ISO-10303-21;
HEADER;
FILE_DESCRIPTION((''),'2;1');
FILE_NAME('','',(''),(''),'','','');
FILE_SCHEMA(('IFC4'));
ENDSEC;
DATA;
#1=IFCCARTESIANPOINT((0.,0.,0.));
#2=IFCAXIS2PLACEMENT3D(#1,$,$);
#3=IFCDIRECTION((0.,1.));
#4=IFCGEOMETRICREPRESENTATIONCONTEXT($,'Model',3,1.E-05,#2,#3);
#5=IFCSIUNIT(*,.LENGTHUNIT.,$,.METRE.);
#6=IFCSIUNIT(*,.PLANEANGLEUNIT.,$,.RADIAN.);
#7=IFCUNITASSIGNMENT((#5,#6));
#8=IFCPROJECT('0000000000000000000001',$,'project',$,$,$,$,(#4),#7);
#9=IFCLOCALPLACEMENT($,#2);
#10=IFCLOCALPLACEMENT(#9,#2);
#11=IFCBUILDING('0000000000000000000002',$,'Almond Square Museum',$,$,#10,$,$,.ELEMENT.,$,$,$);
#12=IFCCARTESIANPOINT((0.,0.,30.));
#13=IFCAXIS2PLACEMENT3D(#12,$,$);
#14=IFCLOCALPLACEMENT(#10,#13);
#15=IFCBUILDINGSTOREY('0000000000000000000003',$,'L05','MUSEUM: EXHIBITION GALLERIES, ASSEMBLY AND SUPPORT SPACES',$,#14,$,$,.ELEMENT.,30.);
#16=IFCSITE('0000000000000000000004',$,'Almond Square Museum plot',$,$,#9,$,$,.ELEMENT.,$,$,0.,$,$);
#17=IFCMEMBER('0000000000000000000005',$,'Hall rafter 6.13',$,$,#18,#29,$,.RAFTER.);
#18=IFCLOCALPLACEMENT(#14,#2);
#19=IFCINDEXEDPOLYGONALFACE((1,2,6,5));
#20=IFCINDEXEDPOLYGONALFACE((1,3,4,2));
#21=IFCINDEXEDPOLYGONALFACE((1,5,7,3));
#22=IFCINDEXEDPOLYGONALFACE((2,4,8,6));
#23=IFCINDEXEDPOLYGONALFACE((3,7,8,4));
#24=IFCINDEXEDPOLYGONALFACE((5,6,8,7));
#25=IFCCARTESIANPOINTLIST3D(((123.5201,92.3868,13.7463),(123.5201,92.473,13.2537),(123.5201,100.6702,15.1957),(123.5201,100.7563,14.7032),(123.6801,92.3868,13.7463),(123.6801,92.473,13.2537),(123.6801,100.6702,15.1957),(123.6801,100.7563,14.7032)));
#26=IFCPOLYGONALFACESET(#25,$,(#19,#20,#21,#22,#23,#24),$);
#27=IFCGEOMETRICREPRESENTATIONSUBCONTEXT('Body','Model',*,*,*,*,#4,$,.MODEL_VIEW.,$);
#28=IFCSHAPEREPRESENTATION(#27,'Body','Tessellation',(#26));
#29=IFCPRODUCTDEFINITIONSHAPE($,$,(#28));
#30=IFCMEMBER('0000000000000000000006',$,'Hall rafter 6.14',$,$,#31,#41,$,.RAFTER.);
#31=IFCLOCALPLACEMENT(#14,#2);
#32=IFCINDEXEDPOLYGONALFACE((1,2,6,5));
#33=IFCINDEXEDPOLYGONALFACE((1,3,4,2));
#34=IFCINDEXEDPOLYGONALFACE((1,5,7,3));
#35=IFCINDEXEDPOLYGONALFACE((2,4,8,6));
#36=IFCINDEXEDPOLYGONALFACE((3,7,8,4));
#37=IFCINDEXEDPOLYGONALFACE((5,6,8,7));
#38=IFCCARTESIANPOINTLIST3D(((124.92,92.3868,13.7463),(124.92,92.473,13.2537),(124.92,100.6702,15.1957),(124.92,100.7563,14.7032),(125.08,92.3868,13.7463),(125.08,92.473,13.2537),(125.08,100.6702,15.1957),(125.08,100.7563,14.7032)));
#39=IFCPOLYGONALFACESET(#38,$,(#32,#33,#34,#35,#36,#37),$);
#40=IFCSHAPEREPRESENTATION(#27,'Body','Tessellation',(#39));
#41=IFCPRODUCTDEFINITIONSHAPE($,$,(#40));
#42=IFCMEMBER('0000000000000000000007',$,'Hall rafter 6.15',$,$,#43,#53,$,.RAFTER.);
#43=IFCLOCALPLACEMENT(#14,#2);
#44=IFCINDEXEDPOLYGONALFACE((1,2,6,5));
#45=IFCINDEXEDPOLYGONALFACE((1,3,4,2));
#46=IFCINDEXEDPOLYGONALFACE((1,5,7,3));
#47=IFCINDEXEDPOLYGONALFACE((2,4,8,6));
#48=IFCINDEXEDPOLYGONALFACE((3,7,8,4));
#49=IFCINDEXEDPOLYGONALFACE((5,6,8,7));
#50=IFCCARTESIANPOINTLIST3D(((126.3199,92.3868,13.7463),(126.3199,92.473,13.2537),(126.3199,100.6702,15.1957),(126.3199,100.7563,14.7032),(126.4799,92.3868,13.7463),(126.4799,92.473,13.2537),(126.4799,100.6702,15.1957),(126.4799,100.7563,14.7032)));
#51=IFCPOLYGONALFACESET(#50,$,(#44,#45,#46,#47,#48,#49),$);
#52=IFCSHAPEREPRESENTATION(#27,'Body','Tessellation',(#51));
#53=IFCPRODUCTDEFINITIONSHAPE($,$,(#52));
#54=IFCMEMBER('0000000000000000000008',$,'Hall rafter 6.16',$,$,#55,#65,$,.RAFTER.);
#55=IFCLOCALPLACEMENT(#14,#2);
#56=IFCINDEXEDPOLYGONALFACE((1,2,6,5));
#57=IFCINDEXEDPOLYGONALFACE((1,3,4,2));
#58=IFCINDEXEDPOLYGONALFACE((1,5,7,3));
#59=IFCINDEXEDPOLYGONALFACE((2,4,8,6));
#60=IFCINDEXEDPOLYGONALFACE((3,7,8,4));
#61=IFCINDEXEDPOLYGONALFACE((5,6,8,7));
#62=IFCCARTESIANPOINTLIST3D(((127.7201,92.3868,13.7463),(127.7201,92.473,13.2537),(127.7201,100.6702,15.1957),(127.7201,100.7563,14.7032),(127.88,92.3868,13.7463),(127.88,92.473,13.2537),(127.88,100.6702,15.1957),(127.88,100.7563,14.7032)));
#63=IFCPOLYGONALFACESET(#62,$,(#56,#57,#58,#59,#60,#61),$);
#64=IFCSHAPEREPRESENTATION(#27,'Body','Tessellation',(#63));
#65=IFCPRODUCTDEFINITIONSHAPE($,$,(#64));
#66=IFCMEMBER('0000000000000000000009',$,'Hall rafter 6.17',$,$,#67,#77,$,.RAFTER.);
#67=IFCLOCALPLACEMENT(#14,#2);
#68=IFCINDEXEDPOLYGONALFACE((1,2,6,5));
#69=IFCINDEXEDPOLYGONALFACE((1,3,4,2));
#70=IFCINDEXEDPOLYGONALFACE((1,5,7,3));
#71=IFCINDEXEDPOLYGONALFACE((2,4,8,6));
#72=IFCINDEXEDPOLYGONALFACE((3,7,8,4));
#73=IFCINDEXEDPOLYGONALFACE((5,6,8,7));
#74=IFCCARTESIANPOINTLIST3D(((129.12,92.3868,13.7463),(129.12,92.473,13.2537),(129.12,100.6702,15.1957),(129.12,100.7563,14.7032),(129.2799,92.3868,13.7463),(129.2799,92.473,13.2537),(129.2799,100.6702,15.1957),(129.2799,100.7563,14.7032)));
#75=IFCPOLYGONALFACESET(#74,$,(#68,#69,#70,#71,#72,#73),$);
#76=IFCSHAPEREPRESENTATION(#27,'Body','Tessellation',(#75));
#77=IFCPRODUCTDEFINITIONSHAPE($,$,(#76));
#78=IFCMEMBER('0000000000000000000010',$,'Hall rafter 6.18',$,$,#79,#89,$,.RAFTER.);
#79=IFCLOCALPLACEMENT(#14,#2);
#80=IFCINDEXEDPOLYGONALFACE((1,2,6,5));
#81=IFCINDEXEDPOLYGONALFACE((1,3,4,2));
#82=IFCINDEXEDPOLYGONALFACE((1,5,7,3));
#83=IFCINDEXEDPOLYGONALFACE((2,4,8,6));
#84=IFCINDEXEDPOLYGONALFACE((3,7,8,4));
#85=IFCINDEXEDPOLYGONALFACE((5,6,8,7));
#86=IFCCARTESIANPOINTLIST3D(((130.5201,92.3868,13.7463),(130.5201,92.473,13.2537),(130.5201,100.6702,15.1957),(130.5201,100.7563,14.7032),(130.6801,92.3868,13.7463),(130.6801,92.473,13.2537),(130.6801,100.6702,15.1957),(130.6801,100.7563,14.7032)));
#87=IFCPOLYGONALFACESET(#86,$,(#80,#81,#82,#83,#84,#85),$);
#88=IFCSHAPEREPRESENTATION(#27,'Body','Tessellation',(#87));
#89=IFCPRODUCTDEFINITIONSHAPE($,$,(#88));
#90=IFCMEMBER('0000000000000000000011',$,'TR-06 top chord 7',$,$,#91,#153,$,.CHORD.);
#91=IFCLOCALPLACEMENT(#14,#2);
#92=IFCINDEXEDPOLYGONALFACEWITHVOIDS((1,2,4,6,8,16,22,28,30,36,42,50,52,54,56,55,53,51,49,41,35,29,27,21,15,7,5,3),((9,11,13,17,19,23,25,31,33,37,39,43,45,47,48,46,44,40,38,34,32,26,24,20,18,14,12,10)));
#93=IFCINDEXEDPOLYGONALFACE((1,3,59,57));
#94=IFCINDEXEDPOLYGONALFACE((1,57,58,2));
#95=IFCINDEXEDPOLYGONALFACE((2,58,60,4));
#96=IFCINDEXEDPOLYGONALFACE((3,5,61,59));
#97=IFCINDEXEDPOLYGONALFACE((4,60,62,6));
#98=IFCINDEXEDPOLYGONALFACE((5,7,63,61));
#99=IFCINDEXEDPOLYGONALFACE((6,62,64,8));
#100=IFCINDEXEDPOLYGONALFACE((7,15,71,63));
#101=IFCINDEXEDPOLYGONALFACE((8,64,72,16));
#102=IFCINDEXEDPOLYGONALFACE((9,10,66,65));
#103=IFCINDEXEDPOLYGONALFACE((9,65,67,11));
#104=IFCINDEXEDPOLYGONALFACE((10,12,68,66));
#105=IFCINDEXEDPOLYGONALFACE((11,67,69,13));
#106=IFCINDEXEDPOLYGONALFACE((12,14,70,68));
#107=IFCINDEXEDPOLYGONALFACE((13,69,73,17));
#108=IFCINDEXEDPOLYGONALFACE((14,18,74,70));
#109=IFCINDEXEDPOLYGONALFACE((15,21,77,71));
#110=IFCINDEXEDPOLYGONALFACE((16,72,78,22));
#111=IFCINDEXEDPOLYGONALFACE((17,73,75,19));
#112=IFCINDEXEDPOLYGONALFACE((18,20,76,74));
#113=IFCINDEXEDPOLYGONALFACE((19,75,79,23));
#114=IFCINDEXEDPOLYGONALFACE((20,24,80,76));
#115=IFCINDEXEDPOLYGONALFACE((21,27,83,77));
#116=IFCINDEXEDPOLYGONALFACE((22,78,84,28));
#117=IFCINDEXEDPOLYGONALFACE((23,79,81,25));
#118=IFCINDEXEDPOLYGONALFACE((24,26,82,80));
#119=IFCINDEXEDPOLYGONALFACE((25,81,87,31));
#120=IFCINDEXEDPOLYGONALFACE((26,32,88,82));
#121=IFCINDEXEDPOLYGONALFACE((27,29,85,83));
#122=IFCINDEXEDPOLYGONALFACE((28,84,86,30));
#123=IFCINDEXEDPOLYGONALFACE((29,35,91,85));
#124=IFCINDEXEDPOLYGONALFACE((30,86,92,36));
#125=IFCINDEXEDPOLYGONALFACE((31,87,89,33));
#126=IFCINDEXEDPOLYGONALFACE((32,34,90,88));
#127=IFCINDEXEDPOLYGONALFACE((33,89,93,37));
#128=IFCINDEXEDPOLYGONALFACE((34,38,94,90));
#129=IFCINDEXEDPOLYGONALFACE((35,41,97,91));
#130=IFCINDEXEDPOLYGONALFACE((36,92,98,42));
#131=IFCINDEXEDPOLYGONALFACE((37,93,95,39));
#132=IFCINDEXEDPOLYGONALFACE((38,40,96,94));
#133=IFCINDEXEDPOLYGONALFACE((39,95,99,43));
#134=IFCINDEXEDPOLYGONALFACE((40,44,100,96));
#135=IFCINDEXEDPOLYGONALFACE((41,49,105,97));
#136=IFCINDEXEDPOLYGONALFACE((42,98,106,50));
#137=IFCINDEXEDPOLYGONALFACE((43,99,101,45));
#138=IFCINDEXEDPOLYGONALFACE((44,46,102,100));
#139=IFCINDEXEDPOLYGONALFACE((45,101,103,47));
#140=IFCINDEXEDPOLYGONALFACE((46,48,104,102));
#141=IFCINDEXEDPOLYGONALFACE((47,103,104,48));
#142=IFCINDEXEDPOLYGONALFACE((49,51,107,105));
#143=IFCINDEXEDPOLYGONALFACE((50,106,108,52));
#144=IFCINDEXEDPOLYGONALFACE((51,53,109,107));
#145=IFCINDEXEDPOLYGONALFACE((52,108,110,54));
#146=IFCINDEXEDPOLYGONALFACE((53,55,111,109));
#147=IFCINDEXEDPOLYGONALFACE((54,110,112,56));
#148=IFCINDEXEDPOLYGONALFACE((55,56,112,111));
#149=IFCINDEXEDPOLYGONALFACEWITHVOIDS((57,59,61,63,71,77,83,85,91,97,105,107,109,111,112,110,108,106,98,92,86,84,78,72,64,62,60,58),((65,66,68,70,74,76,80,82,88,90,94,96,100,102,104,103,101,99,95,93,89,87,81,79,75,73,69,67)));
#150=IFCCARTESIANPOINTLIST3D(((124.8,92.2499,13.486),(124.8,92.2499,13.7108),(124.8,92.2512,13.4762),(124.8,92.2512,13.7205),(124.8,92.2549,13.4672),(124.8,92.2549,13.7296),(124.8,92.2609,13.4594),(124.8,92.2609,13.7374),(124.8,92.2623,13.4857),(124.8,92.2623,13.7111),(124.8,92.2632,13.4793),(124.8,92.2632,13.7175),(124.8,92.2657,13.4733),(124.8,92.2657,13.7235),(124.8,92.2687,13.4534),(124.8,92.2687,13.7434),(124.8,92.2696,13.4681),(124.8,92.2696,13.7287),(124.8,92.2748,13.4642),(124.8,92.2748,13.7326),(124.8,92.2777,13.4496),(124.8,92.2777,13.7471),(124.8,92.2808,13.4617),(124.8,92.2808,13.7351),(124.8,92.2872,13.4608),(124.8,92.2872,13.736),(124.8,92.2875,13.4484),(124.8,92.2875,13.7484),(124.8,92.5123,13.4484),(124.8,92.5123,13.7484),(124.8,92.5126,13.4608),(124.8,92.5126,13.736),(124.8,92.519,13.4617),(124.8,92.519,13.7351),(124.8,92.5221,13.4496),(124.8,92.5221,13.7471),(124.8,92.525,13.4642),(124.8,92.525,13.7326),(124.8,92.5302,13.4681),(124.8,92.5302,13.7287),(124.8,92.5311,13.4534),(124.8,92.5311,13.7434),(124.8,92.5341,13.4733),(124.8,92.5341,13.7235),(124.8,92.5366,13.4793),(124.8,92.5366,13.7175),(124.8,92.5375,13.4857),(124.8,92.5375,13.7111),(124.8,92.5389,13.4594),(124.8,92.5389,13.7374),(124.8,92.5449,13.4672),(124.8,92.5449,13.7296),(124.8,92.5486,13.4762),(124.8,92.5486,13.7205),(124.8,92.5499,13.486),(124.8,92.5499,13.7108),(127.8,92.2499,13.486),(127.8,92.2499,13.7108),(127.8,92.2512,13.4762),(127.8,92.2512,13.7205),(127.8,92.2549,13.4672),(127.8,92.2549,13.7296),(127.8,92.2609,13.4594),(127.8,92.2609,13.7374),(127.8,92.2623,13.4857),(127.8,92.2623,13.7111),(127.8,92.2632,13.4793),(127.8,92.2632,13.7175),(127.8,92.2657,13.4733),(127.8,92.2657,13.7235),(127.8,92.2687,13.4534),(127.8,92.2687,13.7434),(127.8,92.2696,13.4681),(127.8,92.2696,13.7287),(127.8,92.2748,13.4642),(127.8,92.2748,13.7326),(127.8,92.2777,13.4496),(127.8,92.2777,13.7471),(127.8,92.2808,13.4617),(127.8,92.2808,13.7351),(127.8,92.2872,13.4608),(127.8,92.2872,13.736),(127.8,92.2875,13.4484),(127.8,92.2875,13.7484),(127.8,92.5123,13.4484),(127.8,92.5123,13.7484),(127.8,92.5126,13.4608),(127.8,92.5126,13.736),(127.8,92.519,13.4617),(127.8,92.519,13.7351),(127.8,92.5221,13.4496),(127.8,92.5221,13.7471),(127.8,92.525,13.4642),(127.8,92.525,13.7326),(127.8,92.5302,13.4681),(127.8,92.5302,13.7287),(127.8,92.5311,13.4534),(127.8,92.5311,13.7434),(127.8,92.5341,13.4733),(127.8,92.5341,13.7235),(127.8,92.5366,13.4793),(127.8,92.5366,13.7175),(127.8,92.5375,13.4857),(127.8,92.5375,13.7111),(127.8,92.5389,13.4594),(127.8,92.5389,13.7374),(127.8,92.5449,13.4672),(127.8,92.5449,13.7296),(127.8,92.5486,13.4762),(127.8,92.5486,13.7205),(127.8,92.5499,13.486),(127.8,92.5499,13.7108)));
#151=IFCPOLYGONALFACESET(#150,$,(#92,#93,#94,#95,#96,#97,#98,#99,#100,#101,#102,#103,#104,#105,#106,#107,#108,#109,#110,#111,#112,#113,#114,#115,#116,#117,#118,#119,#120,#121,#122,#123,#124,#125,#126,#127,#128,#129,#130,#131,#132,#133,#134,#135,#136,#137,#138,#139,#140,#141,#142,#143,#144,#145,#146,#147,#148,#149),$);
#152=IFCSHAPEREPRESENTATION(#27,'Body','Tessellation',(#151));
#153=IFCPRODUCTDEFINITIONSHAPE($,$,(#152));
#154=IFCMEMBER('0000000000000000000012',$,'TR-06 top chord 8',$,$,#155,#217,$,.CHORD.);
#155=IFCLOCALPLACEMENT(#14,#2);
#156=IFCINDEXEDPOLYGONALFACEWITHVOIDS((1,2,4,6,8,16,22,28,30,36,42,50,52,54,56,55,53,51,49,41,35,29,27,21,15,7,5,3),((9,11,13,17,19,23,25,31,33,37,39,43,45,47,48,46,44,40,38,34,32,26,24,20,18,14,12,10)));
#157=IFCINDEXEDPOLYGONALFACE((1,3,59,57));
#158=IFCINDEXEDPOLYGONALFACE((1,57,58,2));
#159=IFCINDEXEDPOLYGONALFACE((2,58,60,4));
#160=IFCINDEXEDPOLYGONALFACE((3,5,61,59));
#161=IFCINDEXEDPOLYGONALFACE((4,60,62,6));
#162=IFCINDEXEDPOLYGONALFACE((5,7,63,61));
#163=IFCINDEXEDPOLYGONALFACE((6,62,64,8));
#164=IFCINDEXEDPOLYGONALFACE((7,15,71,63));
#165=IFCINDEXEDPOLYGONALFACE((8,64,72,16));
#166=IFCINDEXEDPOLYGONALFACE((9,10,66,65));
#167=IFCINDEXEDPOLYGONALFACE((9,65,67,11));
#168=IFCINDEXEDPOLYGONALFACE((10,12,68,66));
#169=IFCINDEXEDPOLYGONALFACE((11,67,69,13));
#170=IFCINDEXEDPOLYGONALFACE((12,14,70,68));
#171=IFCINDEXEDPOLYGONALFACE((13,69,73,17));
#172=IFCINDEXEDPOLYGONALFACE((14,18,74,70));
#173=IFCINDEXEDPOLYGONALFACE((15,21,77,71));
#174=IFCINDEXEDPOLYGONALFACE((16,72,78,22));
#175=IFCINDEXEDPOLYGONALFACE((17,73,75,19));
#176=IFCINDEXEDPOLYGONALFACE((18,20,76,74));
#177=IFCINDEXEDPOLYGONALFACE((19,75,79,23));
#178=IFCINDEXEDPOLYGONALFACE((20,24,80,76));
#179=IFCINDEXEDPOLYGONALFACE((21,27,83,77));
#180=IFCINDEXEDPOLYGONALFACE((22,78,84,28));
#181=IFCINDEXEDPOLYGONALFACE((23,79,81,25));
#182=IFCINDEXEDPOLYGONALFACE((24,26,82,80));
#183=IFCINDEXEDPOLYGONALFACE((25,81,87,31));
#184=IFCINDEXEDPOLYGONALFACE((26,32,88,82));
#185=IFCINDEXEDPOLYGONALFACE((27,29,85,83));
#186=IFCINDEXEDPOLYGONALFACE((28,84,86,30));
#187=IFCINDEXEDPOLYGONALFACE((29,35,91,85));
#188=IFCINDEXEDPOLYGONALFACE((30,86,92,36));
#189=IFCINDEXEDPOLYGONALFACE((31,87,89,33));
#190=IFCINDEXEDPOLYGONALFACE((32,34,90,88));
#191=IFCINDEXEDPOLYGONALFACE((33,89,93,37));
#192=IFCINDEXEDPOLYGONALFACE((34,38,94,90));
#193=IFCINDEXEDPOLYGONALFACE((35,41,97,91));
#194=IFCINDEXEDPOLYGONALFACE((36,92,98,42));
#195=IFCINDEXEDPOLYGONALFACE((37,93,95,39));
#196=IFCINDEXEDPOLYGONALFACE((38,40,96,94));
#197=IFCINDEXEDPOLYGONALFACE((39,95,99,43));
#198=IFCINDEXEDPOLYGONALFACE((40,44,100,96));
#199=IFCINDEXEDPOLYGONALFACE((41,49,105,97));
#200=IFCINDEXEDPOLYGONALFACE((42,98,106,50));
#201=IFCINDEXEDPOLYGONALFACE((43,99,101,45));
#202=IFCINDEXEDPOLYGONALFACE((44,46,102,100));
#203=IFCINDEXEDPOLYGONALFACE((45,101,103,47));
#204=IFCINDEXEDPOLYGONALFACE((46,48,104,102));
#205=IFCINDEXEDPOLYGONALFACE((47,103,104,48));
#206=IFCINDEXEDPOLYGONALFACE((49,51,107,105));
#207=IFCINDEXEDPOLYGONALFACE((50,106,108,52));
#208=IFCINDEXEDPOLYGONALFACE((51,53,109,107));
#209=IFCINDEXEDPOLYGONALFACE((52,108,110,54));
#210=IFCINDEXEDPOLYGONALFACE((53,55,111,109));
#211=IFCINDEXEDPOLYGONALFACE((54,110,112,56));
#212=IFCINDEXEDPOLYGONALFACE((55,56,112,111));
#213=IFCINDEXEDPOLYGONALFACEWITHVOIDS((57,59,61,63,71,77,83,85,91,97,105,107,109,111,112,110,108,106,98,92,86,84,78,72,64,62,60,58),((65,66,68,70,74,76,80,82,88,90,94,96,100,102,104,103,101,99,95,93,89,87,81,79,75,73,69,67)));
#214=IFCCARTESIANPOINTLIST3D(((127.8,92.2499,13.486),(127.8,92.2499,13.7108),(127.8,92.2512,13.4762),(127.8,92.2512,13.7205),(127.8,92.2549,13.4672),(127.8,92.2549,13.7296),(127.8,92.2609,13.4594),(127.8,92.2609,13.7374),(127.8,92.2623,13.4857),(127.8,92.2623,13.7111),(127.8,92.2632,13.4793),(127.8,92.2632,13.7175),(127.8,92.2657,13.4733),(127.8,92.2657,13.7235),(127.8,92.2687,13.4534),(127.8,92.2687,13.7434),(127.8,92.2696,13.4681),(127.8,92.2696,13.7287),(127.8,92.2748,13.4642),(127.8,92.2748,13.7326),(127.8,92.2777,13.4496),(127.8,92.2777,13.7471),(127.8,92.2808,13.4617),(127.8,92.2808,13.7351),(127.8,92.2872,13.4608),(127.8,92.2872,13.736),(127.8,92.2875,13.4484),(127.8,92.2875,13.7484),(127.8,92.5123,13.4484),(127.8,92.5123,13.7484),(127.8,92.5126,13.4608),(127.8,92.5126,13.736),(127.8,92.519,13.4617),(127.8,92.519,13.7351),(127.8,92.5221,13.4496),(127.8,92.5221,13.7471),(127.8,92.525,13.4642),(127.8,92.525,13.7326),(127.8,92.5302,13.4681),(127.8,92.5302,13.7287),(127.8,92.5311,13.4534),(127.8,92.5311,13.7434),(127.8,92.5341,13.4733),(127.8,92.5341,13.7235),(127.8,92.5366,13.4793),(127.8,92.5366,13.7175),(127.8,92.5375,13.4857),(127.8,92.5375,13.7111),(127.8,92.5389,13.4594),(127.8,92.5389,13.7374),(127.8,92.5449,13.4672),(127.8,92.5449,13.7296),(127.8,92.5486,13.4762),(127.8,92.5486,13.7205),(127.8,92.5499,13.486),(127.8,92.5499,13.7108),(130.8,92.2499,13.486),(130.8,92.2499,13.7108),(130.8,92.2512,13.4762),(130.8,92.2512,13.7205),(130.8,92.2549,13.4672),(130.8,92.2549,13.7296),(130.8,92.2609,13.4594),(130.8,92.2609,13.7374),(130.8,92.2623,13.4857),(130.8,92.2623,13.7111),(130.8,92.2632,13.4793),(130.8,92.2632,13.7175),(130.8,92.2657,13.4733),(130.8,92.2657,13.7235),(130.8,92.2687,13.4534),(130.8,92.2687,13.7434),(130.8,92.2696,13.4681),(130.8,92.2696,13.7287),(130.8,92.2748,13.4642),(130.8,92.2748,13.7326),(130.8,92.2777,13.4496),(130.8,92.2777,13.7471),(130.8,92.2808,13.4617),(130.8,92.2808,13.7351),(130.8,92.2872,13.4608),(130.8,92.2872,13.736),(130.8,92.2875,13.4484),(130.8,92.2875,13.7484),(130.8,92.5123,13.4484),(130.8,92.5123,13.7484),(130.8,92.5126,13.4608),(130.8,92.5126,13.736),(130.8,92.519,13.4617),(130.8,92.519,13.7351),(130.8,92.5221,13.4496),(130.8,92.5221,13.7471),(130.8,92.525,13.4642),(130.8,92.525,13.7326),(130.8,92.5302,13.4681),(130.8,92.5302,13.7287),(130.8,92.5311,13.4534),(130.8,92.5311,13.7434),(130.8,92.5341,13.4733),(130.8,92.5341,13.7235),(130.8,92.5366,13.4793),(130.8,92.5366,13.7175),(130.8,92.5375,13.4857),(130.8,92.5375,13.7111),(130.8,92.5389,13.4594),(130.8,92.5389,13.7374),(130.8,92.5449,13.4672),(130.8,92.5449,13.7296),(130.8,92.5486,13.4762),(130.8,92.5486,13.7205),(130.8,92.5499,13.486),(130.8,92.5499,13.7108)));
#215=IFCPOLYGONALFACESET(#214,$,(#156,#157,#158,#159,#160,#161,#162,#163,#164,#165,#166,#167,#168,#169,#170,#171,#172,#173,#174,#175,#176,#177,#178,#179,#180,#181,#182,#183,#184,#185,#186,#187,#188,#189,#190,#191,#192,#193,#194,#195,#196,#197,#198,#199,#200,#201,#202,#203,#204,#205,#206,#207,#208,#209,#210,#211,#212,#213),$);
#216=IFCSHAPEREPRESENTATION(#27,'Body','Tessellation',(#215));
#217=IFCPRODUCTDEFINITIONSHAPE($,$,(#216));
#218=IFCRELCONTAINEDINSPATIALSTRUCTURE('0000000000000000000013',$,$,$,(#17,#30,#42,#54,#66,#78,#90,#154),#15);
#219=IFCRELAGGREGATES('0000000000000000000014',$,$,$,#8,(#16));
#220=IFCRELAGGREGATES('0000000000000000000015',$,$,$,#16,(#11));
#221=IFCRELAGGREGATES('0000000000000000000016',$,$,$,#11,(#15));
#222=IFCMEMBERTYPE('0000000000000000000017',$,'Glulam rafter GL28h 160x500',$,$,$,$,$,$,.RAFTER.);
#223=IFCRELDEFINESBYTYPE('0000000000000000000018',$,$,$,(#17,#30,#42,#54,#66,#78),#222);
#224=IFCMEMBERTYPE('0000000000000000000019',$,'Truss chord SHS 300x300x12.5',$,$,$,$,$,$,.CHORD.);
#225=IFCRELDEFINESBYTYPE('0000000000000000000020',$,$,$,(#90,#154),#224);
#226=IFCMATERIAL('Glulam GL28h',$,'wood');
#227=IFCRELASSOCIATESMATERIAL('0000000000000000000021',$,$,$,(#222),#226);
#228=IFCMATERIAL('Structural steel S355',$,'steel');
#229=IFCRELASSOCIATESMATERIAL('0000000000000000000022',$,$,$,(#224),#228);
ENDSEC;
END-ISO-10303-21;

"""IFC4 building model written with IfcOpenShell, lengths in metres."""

from ifc_helpers import new_model, si_unit, direction, frame, origin, origin_2d, place, context, subcontext, project, spatial, rectangle, hollow_rectangle, extrude, material, material_profile, profile_set, type_object, element, save


model = new_model("IFC4")

# Units and contexts
model_context = context("Model", 3, precision=1e-05, world=origin(), true_north=direction((0.0, 1.0)))
body_context = subcontext(model_context, "Body", "Model", "MODEL_VIEW")
ifc_project = project(units=[si_unit("LENGTHUNIT", "METRE"), si_unit("PLANEANGLEUNIT", "RADIAN")], contexts=[model_context])

# Site, building, storey
site_placement = place(None, origin())
site = spatial("IfcSite", under=ifc_project, at=site_placement, Name="Almond Square Museum plot", CompositionType="ELEMENT", RefElevation=0.0)
building_placement = place(site_placement, origin())
building = spatial("IfcBuilding", under=site, at=building_placement, Name="Almond Square Museum", CompositionType="ELEMENT")
storey_placement = place(building_placement, frame((0.0, 0.0, 30.0)))
storey = spatial("IfcBuildingStorey", under=building, at=storey_placement, Name="L05", Description="MUSEUM: EXHIBITION GALLERIES, ASSEMBLY AND SUPPORT SPACES", CompositionType="ELEMENT", Elevation=30.0)

# Members
ifc_material_1 = material(Name="Glulam GL28h", Category="wood")
ifc_material_profile_1 = material_profile(ifc_material_1, rectangle(XDim=0.1599, YDim=0.5, at=origin_2d()))
ifc_profile_set_1 = profile_set([ifc_material_profile_1], Name="Glulam GL28h")
member_type_1 = type_object("IfcMemberType", Name="Glulam rafter GL28h 160x500", PredefinedType="RAFTER", material=ifc_profile_set_1)
for number, where, z_axis, x_axis, name in (
    (1, (123.6001, 92.4299, 13.5), (0.0, 0.985032, 0.172369), (-1.0, 0.0, 0.0), "Hall rafter 6.13"),
    (2, (125.0, 92.4299, 13.5), (0.0, 0.985032, 0.172369), (-1.0, 0.0, 0.0), "Hall rafter 6.14"),
    (3, (126.3999, 92.4299, 13.5), (0.0, 0.985032, 0.172369), (-1.0, 0.0, 0.0), "Hall rafter 6.15"),
    (4, (127.8, 92.4299, 13.5), (0.0, 0.985032, 0.172369), (-1.0, 0.0, 0.0), "Hall rafter 6.16"),
    (5, (129.2, 92.4299, 13.5), (0.0, 0.985032, 0.172369), (-1.0, 0.0, 0.0), "Hall rafter 6.17"),
    (6, (130.6001, 92.4299, 13.5), (0.0, 0.985032, 0.172369), (-1.0, 0.0, 0.0), "Hall rafter 6.18"),
):
    element("IfcMember", number, at=place(storey_placement, frame(where, z_axis=z_axis, x_axis=x_axis)), inside=storey, type_object=member_type_1, Name=name, PredefinedType="RAFTER", context=body_context, shape_type="SweptSolid", body=[
        extrude(rectangle(XDim=0.1599, YDim=0.5, at=origin_2d()), origin(), (0.0, 0.0, 1.0), 8.4092),
    ])
ifc_material_2 = material(Name="Structural steel S355", Category="steel")
ifc_material_profile_2 = material_profile(ifc_material_2, hollow_rectangle(XDim=0.3, YDim=0.3, WallThickness=0.0125, InnerFilletRadius=0.0249, OuterFilletRadius=0.0376, at=origin_2d()))
ifc_profile_set_2 = profile_set([ifc_material_profile_2], Name="Structural steel S355")
member_type_2 = type_object("IfcMemberType", Name="Truss chord SHS 300x300x12.5", PredefinedType="CHORD", material=ifc_profile_set_2)
for number, where, z_axis, x_axis, name in (
    (7, (124.8, 92.3999, 13.5984), (1.0, 0.0, 0.0), (0.0, 1.0, 0.0), "TR-06 top chord 7"),
    (8, (127.8, 92.3999, 13.5984), (1.0, 0.0, 0.0), (0.0, 1.0, 0.0), "TR-06 top chord 8"),
):
    element("IfcMember", number, at=place(storey_placement, frame(where, z_axis=z_axis, x_axis=x_axis)), inside=storey, type_object=member_type_2, Name=name, PredefinedType="CHORD", context=body_context, shape_type="SweptSolid", body=[
        extrude(hollow_rectangle(XDim=0.3, YDim=0.3, WallThickness=0.0125, InnerFilletRadius=0.0249, OuterFilletRadius=0.0376, at=origin_2d()), origin(), (0.0, 0.0, 1.0), 3.0),
    ])

save(model, "model.ifc")
